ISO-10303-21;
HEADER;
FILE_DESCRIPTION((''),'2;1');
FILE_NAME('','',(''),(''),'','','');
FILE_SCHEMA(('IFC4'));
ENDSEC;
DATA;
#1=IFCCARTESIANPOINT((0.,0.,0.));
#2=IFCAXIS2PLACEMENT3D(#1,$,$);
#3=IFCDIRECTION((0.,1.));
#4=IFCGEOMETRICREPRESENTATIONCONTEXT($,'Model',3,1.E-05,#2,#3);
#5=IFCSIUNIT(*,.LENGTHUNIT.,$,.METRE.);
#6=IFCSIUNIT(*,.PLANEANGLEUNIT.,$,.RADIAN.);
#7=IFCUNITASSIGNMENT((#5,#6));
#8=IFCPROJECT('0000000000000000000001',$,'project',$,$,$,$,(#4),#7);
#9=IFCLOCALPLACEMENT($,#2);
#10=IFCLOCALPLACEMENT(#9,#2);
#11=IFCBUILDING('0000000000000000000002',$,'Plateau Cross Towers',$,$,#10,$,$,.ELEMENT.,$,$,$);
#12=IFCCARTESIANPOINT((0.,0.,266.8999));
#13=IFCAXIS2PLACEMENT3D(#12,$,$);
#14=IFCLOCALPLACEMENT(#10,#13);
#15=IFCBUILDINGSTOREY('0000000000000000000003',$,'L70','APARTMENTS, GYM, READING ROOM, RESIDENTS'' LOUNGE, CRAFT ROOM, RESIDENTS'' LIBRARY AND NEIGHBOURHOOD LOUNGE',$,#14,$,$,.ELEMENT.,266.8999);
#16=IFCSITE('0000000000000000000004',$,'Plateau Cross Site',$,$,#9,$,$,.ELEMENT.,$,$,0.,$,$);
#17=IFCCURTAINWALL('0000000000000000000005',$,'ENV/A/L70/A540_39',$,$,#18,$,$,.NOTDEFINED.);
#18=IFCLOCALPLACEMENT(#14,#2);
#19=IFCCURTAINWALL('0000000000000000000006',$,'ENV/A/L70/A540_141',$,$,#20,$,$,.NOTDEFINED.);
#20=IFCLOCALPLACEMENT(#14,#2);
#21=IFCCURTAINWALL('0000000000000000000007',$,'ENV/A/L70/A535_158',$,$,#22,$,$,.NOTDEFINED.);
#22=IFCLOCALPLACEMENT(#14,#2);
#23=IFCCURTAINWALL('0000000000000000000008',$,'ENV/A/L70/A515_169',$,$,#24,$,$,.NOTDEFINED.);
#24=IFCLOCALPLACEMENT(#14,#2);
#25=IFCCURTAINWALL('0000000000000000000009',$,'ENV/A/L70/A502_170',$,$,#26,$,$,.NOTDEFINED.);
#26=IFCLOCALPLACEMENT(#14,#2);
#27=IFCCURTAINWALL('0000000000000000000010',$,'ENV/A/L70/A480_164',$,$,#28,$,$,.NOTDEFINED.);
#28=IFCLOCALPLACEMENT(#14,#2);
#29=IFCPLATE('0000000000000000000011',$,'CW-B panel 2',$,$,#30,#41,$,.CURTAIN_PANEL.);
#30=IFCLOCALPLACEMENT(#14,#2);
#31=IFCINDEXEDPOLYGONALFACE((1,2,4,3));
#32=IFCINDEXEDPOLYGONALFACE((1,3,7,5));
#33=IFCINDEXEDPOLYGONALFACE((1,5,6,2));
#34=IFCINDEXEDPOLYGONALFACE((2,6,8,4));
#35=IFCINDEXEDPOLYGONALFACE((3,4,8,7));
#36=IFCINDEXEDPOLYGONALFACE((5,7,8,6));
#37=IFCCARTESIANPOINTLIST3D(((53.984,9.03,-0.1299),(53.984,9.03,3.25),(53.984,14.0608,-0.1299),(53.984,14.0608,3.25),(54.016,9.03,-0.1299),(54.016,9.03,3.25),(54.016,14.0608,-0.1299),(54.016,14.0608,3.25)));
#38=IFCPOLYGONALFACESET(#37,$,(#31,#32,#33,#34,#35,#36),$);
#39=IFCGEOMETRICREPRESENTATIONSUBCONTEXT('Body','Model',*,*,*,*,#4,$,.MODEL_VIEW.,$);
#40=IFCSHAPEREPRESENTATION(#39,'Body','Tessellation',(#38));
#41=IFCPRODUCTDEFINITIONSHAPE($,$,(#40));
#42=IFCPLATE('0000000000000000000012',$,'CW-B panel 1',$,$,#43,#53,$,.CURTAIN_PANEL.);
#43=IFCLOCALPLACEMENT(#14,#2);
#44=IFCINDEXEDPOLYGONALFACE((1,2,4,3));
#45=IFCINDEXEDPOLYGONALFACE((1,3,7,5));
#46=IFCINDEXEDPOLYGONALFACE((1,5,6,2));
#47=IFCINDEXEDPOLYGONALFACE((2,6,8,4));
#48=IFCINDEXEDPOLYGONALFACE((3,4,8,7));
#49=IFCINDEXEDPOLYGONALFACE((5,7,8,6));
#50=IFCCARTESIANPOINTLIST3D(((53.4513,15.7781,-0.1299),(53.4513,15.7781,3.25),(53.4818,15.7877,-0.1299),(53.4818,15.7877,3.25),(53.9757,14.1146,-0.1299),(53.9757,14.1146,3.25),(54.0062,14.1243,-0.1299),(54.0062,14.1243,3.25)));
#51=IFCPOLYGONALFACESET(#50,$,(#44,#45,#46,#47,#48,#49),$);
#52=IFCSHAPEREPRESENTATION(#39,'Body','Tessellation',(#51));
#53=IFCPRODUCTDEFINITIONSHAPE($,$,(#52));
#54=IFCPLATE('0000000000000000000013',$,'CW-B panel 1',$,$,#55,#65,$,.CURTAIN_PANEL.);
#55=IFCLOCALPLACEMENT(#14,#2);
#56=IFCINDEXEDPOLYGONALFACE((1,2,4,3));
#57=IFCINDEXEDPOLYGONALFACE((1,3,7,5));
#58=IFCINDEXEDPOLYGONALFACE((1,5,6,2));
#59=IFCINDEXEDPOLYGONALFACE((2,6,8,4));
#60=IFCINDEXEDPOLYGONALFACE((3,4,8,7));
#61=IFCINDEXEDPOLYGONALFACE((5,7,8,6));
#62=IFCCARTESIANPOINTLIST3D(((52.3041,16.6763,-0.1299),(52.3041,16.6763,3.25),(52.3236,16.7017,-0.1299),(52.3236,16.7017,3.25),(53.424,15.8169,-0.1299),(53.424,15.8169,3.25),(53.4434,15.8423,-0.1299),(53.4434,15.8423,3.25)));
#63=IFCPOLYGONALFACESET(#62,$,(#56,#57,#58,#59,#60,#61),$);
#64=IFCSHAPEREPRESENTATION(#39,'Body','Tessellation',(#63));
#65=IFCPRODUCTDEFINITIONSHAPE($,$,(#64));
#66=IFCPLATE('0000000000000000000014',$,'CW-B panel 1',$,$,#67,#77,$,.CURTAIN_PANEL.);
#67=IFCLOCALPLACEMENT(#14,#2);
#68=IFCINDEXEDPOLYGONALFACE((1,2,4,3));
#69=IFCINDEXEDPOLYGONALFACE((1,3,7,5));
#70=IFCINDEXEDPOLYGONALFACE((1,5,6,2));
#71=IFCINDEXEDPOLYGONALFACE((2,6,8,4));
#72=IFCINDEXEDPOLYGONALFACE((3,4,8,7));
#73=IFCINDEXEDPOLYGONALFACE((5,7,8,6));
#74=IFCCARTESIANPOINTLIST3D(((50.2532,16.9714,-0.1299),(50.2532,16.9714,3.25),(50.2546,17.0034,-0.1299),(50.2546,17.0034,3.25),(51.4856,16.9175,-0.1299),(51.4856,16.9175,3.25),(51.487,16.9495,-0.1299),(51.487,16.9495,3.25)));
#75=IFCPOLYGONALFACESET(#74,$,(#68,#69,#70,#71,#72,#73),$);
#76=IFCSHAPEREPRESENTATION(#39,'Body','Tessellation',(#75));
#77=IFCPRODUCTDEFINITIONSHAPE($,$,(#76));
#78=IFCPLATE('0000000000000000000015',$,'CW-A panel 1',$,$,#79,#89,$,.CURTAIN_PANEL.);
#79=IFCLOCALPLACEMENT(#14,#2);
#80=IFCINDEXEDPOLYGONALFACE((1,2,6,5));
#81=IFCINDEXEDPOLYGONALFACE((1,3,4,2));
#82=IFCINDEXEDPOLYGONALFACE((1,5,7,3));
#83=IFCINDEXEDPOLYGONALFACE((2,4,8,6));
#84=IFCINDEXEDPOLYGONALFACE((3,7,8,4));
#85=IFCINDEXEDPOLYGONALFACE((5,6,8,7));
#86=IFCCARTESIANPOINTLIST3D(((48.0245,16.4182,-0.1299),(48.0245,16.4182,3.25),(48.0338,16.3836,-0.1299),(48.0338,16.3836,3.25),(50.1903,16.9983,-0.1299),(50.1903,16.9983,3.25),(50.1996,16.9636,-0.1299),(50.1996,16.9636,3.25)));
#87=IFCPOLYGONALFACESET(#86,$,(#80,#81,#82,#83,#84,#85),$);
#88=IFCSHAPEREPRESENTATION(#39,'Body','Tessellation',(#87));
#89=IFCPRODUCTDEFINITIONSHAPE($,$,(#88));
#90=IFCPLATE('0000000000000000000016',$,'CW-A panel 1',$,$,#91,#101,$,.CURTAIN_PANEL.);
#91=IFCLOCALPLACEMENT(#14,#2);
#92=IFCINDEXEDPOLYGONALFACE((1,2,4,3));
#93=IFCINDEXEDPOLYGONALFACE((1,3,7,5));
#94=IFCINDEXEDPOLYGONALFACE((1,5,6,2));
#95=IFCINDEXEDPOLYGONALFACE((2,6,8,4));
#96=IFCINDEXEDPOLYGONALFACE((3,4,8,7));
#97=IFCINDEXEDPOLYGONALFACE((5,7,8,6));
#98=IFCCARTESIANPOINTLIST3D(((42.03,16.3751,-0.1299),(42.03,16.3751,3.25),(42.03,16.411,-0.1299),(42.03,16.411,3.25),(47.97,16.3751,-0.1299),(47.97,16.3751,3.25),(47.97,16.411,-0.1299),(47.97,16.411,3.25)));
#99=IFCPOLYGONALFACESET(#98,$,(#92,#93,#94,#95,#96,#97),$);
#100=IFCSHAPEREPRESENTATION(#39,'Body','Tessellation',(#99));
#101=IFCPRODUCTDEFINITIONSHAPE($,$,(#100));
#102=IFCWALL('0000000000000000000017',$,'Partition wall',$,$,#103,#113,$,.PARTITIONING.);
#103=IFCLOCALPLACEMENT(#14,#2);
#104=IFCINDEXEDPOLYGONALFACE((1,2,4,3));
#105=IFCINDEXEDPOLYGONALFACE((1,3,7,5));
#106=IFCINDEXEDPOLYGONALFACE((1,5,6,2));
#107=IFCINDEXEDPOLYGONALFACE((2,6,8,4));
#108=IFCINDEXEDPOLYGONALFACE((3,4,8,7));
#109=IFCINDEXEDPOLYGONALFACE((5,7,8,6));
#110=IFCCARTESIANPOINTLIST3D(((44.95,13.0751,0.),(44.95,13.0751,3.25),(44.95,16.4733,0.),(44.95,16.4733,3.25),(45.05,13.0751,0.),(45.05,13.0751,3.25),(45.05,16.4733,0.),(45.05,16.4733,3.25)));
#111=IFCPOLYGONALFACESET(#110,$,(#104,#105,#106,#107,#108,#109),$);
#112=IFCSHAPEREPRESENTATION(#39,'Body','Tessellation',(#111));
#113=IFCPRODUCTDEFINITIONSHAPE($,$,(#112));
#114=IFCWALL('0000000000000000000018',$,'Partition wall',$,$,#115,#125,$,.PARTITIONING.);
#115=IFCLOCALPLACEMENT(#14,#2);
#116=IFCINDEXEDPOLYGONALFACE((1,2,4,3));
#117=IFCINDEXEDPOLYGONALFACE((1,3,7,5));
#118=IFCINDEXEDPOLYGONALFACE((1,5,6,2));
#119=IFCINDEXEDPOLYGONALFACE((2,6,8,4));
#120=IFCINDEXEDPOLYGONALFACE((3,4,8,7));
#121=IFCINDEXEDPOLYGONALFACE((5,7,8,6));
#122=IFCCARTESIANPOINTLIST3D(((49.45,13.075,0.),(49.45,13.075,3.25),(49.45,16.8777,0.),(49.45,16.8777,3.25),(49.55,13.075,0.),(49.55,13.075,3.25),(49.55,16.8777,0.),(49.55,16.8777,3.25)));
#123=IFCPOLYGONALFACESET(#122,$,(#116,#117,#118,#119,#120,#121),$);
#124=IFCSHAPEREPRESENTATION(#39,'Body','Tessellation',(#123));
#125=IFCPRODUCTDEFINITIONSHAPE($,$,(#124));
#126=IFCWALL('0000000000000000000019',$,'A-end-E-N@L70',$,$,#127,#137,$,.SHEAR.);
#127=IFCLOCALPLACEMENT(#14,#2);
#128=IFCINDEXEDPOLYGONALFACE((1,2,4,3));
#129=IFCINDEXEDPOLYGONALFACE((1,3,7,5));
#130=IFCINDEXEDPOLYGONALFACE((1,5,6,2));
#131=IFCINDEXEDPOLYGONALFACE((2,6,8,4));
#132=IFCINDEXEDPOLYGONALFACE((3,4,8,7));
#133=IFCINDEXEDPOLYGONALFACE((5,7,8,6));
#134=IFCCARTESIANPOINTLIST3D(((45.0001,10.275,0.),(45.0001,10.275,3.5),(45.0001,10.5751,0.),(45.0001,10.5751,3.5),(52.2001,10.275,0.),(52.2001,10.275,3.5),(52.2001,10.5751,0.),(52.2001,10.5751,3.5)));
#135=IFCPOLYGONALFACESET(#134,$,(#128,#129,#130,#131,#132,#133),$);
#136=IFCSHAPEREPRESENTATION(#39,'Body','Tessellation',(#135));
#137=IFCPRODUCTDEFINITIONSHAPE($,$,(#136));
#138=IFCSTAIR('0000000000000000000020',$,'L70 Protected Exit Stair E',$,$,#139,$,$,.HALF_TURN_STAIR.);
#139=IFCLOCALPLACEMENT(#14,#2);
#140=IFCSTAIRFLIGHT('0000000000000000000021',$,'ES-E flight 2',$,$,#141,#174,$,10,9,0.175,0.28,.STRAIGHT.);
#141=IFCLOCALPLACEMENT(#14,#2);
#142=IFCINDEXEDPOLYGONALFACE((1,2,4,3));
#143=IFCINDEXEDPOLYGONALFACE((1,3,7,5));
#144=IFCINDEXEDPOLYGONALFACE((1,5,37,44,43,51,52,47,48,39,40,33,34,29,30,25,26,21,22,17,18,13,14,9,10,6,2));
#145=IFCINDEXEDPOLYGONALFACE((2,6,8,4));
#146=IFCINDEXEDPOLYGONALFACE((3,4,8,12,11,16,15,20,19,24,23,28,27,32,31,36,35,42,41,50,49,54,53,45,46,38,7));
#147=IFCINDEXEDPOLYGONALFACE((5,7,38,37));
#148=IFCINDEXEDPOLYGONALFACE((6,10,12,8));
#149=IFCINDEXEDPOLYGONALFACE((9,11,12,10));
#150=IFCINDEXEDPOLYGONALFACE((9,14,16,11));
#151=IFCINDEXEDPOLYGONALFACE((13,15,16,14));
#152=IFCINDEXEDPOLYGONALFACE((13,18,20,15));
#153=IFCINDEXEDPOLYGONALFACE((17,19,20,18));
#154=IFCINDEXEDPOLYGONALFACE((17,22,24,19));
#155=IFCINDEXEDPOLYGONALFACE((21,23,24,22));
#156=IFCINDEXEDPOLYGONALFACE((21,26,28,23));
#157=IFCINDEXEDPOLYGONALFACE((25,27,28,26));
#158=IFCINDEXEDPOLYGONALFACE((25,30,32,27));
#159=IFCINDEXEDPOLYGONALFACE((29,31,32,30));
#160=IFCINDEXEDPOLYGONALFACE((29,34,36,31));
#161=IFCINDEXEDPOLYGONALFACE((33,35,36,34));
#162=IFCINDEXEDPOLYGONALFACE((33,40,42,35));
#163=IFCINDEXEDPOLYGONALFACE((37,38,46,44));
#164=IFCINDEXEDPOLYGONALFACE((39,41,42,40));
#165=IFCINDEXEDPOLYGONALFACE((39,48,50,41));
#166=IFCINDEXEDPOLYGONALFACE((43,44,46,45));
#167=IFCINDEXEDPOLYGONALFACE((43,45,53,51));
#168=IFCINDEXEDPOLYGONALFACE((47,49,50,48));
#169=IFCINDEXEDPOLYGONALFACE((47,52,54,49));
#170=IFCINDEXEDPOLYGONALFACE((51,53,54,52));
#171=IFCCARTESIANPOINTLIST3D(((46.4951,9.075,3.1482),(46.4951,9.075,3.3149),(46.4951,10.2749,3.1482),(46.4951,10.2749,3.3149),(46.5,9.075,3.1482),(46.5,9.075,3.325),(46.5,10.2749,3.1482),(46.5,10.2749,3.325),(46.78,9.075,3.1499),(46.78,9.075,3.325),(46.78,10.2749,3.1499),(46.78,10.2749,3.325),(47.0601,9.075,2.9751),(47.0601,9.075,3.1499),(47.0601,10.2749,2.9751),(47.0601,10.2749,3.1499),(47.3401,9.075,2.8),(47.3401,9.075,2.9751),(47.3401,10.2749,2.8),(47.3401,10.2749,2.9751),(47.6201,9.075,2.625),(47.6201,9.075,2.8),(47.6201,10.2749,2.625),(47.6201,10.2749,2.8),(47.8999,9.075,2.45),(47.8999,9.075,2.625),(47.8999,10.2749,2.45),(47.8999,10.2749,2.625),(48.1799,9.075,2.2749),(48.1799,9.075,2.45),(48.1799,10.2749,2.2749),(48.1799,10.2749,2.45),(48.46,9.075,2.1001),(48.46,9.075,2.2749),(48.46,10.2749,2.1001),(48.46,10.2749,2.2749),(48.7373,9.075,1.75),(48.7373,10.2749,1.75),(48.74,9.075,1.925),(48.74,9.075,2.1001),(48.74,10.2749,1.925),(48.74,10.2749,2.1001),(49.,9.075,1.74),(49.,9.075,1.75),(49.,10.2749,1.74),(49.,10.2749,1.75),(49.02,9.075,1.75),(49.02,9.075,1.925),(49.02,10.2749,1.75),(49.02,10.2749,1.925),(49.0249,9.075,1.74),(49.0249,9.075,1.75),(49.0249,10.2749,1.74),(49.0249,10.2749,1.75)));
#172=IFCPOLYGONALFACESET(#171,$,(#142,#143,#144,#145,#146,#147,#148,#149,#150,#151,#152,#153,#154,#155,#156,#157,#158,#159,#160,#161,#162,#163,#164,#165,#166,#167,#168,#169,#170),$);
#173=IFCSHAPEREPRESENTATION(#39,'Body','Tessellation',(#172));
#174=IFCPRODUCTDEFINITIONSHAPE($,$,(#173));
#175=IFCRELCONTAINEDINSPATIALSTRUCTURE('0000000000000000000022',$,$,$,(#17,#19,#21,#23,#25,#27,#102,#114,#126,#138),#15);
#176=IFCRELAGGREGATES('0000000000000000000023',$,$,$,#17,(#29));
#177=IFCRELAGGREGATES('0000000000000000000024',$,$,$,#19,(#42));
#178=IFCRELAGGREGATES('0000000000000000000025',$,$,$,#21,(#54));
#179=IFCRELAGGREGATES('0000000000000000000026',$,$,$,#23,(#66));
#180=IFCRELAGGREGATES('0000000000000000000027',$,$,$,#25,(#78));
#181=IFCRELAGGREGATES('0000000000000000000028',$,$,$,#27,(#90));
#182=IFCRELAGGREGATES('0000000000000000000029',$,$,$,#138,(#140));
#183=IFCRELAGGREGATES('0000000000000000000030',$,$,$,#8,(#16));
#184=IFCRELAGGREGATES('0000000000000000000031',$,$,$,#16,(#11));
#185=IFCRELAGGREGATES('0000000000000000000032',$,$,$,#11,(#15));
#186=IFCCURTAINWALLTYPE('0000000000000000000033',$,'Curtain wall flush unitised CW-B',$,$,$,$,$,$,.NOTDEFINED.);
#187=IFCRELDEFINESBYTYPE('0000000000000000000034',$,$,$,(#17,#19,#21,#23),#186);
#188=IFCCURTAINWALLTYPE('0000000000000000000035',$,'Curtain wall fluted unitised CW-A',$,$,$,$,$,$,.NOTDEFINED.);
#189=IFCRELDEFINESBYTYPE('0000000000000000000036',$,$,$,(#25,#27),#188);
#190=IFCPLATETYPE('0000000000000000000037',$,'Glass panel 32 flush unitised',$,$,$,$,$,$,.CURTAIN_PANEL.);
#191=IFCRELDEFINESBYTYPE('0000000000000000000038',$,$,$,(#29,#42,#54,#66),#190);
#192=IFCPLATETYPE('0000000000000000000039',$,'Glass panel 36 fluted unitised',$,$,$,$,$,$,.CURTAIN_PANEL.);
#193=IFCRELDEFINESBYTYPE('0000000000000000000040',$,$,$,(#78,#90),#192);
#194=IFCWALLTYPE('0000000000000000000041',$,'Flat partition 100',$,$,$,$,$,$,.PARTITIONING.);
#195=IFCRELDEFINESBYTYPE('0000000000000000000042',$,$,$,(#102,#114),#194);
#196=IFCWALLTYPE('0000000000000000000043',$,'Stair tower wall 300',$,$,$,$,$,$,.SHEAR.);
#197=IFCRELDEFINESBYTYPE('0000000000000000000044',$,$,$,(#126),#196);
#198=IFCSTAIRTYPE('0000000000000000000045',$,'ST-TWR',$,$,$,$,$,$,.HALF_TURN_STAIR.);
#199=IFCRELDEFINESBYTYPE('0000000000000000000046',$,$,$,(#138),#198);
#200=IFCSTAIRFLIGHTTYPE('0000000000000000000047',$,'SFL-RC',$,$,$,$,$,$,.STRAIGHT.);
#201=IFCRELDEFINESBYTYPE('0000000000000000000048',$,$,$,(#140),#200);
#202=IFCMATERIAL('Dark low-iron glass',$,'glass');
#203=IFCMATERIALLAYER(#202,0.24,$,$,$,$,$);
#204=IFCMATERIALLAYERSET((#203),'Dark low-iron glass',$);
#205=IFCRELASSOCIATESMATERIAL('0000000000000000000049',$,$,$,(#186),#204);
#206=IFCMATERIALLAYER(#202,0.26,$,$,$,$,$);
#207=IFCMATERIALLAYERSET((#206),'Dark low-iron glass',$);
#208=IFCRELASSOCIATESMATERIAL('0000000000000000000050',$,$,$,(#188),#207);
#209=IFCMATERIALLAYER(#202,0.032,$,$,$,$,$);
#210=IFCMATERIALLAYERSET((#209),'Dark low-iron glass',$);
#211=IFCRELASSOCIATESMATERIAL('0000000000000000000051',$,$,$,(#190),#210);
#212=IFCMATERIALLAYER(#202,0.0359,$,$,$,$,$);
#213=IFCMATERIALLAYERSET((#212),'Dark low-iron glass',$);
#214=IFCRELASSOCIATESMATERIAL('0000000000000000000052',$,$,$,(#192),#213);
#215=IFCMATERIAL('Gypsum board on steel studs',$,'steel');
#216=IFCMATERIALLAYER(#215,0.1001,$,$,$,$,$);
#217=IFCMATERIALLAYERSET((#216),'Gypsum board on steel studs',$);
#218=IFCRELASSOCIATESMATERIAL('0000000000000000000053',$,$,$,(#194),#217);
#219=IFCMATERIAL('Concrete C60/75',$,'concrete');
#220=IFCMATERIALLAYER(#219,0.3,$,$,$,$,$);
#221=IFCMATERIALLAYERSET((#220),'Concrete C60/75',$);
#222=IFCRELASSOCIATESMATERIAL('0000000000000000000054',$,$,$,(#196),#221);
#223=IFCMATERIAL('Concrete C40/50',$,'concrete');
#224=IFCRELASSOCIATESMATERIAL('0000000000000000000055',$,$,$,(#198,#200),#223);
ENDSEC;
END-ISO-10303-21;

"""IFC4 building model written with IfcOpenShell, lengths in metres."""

from ifc_helpers import new_model, si_unit, direction, frame, frame_2d, origin, origin_2d, place, context, subcontext, project, spatial, polyline, rectangle, outline, extrude, material, layer, layer_set, type_object, element, aggregate, save


model = new_model("IFC4")

# Units and contexts
model_context = context("Model", 3, precision=1e-05, world=origin(), true_north=direction((0.0, 1.0)))
body_context = subcontext(model_context, "Body", "Model", "MODEL_VIEW")
ifc_project = project(units=[si_unit("LENGTHUNIT", "METRE"), si_unit("PLANEANGLEUNIT", "RADIAN")], contexts=[model_context])

# Site, building, storey
site_placement = place(None, origin())
site = spatial("IfcSite", under=ifc_project, at=site_placement, Name="Plateau Cross Site", CompositionType="ELEMENT", RefElevation=0.0)
building_placement = place(site_placement, origin())
building = spatial("IfcBuilding", under=site, at=building_placement, Name="Plateau Cross Towers", CompositionType="ELEMENT")
storey_placement = place(building_placement, frame((0.0, 0.0, 266.8999)))
storey = spatial("IfcBuildingStorey", under=building, at=storey_placement, Name="L70", Description="APARTMENTS, GYM, READING ROOM, RESIDENTS' LOUNGE, CRAFT ROOM, RESIDENTS' LIBRARY AND NEIGHBOURHOOD LOUNGE", CompositionType="ELEMENT", Elevation=266.8999)

# Shared definitions
ifc_material_1 = material(Name="Concrete C60/75", Category="concrete")

# Curtain walls
ifc_material_2 = material(Name="Dark low-iron glass", Category="glass")
ifc_layer_1 = layer(ifc_material_2, 0.24)
ifc_layer_set_1 = layer_set([ifc_layer_1], Name="Dark low-iron glass")
curtain_wall_type_1 = type_object("IfcCurtainWallType", Name="Curtain wall flush unitised CW-B", PredefinedType="NOTDEFINED", material=ifc_layer_set_1)
curtain_wall_1_placement = place(storey_placement, origin())
curtain_wall_1 = element("IfcCurtainWall", 1, at=curtain_wall_1_placement, inside=storey, type_object=curtain_wall_type_1, Name="ENV/A/L70/A540_39", PredefinedType="NOTDEFINED")
curtain_wall_2_placement = place(storey_placement, origin())
curtain_wall_2 = element("IfcCurtainWall", 2, at=curtain_wall_2_placement, inside=storey, type_object=curtain_wall_type_1, Name="ENV/A/L70/A540_141", PredefinedType="NOTDEFINED")

# Curtain wall
curtain_wall_3_placement = place(storey_placement, origin())
curtain_wall_3 = element("IfcCurtainWall", 3, at=curtain_wall_3_placement, inside=storey, type_object=curtain_wall_type_1, Name="ENV/A/L70/A535_158", PredefinedType="NOTDEFINED")

# Curtain walls
curtain_wall_4_placement = place(storey_placement, origin())
curtain_wall_4 = element("IfcCurtainWall", 4, at=curtain_wall_4_placement, inside=storey, type_object=curtain_wall_type_1, Name="ENV/A/L70/A515_169", PredefinedType="NOTDEFINED")
ifc_layer_2 = layer(ifc_material_2, 0.26)
ifc_layer_set_2 = layer_set([ifc_layer_2], Name="Dark low-iron glass")
curtain_wall_type_2 = type_object("IfcCurtainWallType", Name="Curtain wall fluted unitised CW-A", PredefinedType="NOTDEFINED", material=ifc_layer_set_2)
curtain_wall_5_placement = place(storey_placement, origin())
curtain_wall_5 = element("IfcCurtainWall", 5, at=curtain_wall_5_placement, inside=storey, type_object=curtain_wall_type_2, Name="ENV/A/L70/A502_170", PredefinedType="NOTDEFINED")
curtain_wall_6_placement = place(storey_placement, origin())
curtain_wall_6 = element("IfcCurtainWall", 6, at=curtain_wall_6_placement, inside=storey, type_object=curtain_wall_type_2, Name="ENV/A/L70/A480_164", PredefinedType="NOTDEFINED")

# Plates
ifc_layer_3 = layer(ifc_material_2, 0.032)
ifc_layer_set_3 = layer_set([ifc_layer_3], Name="Dark low-iron glass")
plate_type_1 = type_object("IfcPlateType", Name="Glass panel 32 flush unitised", PredefinedType="CURTAIN_PANEL", material=ifc_layer_set_3)
plate_1_placement = place(storey_placement, frame((54.0, 11.5454, -0.1299), z_axis=(0.0, 0.0, 1.0), x_axis=(0.0, 1.0, 0.0)))
plate_1 = element("IfcPlate", 7, at=plate_1_placement, type_object=plate_type_1, Name="CW-B panel 2", PredefinedType="CURTAIN_PANEL", context=body_context, shape_type="SweptSolid", body=[
    extrude(rectangle(XDim=5.0308, YDim=0.032, at=origin_2d()), origin(), (0.0, 0.0, 1.0), 3.3799),
])
aggregate(curtain_wall_1, [plate_1])
plate_2_placement = place(storey_placement, frame((53.7288, 14.9512, -0.1299), z_axis=(0.0, 0.0, 1.0), x_axis=(-0.300686, 0.953723, 0.0)))
plate_2 = element("IfcPlate", 8, at=plate_2_placement, type_object=plate_type_1, Name="CW-B panel 1", PredefinedType="CURTAIN_PANEL", context=body_context, shape_type="SweptSolid", body=[
    extrude(rectangle(XDim=1.7441, YDim=0.032, at=origin_2d()), origin(), (0.0, 0.0, 1.0), 3.3799),
])
aggregate(curtain_wall_2, [plate_2])
plate_3_placement = place(storey_placement, frame((52.8738, 16.2593, -0.1299), z_axis=(0.0, 0.0, 1.0), x_axis=(-0.793316, 0.608811, 0.0)))
plate_3 = element("IfcPlate", 9, at=plate_3_placement, type_object=plate_type_1, Name="CW-B panel 1", PredefinedType="CURTAIN_PANEL", context=body_context, shape_type="SweptSolid", body=[
    extrude(rectangle(XDim=1.4116, YDim=0.032, at=origin_2d()), origin(), (0.0, 0.0, 1.0), 3.3799),
])
aggregate(curtain_wall_3, [plate_3])
plate_4_placement = place(storey_placement, frame((50.8701, 16.9604, -0.1299), z_axis=(0.0, 0.0, 1.0), x_axis=(-0.999044, 0.043723, 0.0)))
plate_4 = element("IfcPlate", 10, at=plate_4_placement, type_object=plate_type_1, Name="CW-B panel 1", PredefinedType="CURTAIN_PANEL", context=body_context, shape_type="SweptSolid", body=[
    extrude(rectangle(XDim=1.2336, YDim=0.032, at=origin_2d()), origin(), (0.0, 0.0, 1.0), 3.3799),
])
aggregate(curtain_wall_4, [plate_4])
ifc_layer_4 = layer(ifc_material_2, 0.0359)
ifc_layer_set_4 = layer_set([ifc_layer_4], Name="Dark low-iron glass")
plate_type_2 = type_object("IfcPlateType", Name="Glass panel 36 fluted unitised", PredefinedType="CURTAIN_PANEL", material=ifc_layer_set_4)
plate_5_placement = place(storey_placement, frame((49.1121, 16.6909, -0.1299), z_axis=(0.0, 0.0, 1.0), x_axis=(-0.965958, -0.258699, 0.0)))
plate_5 = element("IfcPlate", 11, at=plate_5_placement, type_object=plate_type_2, Name="CW-A panel 1", PredefinedType="CURTAIN_PANEL", context=body_context, shape_type="SweptSolid", body=[
    extrude(rectangle(XDim=2.2422, YDim=0.0359, at=origin_2d()), origin(), (0.0, 0.0, 1.0), 3.3799),
])
aggregate(curtain_wall_5, [plate_5])
plate_6_placement = place(storey_placement, frame((45.0, 16.3931, -0.1299), z_axis=(0.0, 0.0, 1.0), x_axis=(-1.0, 0.0, 0.0)))
plate_6 = element("IfcPlate", 12, at=plate_6_placement, type_object=plate_type_2, Name="CW-A panel 1", PredefinedType="CURTAIN_PANEL", context=body_context, shape_type="SweptSolid", body=[
    extrude(rectangle(XDim=5.9399, YDim=0.0359, at=origin_2d()), origin(), (0.0, 0.0, 1.0), 3.3799),
])
aggregate(curtain_wall_6, [plate_6])

# Walls
ifc_material_3 = material(Name="Gypsum board on steel studs", Category="steel")
ifc_layer_5 = layer(ifc_material_3, 0.1001)
ifc_layer_set_5 = layer_set([ifc_layer_5], Name="Gypsum board on steel studs")
wall_type_1 = type_object("IfcWallType", Name="Flat partition 100", PredefinedType="PARTITIONING", material=ifc_layer_set_5)
wall_1_placement = place(storey_placement, frame((45.0, 13.075, 0.0), z_axis=(0.0, 0.0, 1.0), x_axis=(0.0, 1.0, 0.0)))
element("IfcWall", 13, at=wall_1_placement, inside=storey, type_object=wall_type_1, Name="Partition wall", PredefinedType="PARTITIONING", context=body_context, shape_type="SweptSolid", body=[
    extrude(rectangle(XDim=3.3982, YDim=0.1001, at=frame_2d((1.6992, 0.0))), origin(), (0.0, 0.0, 1.0), 3.25),
])
wall_2_placement = place(storey_placement, frame((49.5, 13.075, 0.0), z_axis=(0.0, 0.0, 1.0), x_axis=(0.0, 1.0, 0.0)))
element("IfcWall", 14, at=wall_2_placement, inside=storey, type_object=wall_type_1, Name="Partition wall", PredefinedType="PARTITIONING", context=body_context, shape_type="SweptSolid", body=[
    extrude(rectangle(XDim=3.8027, YDim=0.1001, at=frame_2d((1.9014, 0.0))), origin(), (0.0, 0.0, 1.0), 3.25),
])
ifc_layer_6 = layer(ifc_material_1, 0.3)
ifc_layer_set_6 = layer_set([ifc_layer_6], Name="Concrete C60/75")
wall_type_2 = type_object("IfcWallType", Name="Stair tower wall 300", PredefinedType="SHEAR", material=ifc_layer_set_6)
wall_3_placement = place(storey_placement, frame((45.0, 10.425, 0.0), z_axis=(0.0, 0.0, 1.0), x_axis=(1.0, 0.0, 0.0)))
element("IfcWall", 15, at=wall_3_placement, inside=storey, type_object=wall_type_2, Name="A-end-E-N@L70", PredefinedType="SHEAR", context=body_context, shape_type="SweptSolid", body=[
    extrude(rectangle(XDim=7.2, YDim=0.3, at=frame_2d((3.6001, 0.0))), origin(), (0.0, 0.0, 1.0), 3.5),
])

# Stair, stair flight
ifc_material_4 = material(Name="Concrete C40/50", Category="concrete")
stair_type = type_object("IfcStairType", Name="ST-TWR", PredefinedType="HALF_TURN_STAIR", material=ifc_material_4)
stair_placement = place(storey_placement, origin())
stair = element("IfcStair", 16, at=stair_placement, inside=storey, type_object=stair_type, Name="L70 Protected Exit Stair E", PredefinedType="HALF_TURN_STAIR")
stair_flight_type = type_object("IfcStairFlightType", Name="SFL-RC", PredefinedType="STRAIGHT", material=ifc_material_4)
stair_flight_placement = place(storey_placement, frame((49.02, 9.675, 1.75), z_axis=(0.0, 0.0, 1.0), x_axis=(-1.0, 0.0, 0.0)))
stair_flight = element("IfcStairFlight", 17, at=stair_flight_placement, type_object=stair_flight_type, Name="ES-E flight 2", NumberOfRisers=10, NumberOfTreads=9, PredefinedType="STRAIGHT", RiserHeight=0.175, TreadLength=0.28, context=body_context, shape_type="SweptSolid", body=[
    extrude(outline(polyline([(-0.0049, -0.01), (-0.0049, 0.0), (0.0, 0.0), (0.0, 0.175), (0.28, 0.175), (0.28, 0.3501), (0.5601, 0.3501), (0.5601, 0.5249), (0.8401, 0.5249), (0.8401, 0.7), (1.1201, 0.7), (1.1201, 0.875), (1.3999, 0.875), (1.3999, 1.05), (1.6799, 1.05), (1.6799, 1.2251), (1.96, 1.2251), (1.96, 1.3999), (2.24, 1.3999), (2.24, 1.575), (2.52, 1.575), (2.5249, 1.5649), (2.5249, 1.3982), (2.52, 1.3982), (0.2827, 0.0), (0.02, 0.0), (0.02, -0.01), (-0.0049, -0.01)])), frame((0.0, 0.6001, 0.0), z_axis=(0.0, -1.0, 0.0), x_axis=(1.0, 0.0, 0.0)), (0.0, 0.0, 1.0), 1.2),
])
aggregate(stair, [stair_flight])

save(model, "model.ifc")
